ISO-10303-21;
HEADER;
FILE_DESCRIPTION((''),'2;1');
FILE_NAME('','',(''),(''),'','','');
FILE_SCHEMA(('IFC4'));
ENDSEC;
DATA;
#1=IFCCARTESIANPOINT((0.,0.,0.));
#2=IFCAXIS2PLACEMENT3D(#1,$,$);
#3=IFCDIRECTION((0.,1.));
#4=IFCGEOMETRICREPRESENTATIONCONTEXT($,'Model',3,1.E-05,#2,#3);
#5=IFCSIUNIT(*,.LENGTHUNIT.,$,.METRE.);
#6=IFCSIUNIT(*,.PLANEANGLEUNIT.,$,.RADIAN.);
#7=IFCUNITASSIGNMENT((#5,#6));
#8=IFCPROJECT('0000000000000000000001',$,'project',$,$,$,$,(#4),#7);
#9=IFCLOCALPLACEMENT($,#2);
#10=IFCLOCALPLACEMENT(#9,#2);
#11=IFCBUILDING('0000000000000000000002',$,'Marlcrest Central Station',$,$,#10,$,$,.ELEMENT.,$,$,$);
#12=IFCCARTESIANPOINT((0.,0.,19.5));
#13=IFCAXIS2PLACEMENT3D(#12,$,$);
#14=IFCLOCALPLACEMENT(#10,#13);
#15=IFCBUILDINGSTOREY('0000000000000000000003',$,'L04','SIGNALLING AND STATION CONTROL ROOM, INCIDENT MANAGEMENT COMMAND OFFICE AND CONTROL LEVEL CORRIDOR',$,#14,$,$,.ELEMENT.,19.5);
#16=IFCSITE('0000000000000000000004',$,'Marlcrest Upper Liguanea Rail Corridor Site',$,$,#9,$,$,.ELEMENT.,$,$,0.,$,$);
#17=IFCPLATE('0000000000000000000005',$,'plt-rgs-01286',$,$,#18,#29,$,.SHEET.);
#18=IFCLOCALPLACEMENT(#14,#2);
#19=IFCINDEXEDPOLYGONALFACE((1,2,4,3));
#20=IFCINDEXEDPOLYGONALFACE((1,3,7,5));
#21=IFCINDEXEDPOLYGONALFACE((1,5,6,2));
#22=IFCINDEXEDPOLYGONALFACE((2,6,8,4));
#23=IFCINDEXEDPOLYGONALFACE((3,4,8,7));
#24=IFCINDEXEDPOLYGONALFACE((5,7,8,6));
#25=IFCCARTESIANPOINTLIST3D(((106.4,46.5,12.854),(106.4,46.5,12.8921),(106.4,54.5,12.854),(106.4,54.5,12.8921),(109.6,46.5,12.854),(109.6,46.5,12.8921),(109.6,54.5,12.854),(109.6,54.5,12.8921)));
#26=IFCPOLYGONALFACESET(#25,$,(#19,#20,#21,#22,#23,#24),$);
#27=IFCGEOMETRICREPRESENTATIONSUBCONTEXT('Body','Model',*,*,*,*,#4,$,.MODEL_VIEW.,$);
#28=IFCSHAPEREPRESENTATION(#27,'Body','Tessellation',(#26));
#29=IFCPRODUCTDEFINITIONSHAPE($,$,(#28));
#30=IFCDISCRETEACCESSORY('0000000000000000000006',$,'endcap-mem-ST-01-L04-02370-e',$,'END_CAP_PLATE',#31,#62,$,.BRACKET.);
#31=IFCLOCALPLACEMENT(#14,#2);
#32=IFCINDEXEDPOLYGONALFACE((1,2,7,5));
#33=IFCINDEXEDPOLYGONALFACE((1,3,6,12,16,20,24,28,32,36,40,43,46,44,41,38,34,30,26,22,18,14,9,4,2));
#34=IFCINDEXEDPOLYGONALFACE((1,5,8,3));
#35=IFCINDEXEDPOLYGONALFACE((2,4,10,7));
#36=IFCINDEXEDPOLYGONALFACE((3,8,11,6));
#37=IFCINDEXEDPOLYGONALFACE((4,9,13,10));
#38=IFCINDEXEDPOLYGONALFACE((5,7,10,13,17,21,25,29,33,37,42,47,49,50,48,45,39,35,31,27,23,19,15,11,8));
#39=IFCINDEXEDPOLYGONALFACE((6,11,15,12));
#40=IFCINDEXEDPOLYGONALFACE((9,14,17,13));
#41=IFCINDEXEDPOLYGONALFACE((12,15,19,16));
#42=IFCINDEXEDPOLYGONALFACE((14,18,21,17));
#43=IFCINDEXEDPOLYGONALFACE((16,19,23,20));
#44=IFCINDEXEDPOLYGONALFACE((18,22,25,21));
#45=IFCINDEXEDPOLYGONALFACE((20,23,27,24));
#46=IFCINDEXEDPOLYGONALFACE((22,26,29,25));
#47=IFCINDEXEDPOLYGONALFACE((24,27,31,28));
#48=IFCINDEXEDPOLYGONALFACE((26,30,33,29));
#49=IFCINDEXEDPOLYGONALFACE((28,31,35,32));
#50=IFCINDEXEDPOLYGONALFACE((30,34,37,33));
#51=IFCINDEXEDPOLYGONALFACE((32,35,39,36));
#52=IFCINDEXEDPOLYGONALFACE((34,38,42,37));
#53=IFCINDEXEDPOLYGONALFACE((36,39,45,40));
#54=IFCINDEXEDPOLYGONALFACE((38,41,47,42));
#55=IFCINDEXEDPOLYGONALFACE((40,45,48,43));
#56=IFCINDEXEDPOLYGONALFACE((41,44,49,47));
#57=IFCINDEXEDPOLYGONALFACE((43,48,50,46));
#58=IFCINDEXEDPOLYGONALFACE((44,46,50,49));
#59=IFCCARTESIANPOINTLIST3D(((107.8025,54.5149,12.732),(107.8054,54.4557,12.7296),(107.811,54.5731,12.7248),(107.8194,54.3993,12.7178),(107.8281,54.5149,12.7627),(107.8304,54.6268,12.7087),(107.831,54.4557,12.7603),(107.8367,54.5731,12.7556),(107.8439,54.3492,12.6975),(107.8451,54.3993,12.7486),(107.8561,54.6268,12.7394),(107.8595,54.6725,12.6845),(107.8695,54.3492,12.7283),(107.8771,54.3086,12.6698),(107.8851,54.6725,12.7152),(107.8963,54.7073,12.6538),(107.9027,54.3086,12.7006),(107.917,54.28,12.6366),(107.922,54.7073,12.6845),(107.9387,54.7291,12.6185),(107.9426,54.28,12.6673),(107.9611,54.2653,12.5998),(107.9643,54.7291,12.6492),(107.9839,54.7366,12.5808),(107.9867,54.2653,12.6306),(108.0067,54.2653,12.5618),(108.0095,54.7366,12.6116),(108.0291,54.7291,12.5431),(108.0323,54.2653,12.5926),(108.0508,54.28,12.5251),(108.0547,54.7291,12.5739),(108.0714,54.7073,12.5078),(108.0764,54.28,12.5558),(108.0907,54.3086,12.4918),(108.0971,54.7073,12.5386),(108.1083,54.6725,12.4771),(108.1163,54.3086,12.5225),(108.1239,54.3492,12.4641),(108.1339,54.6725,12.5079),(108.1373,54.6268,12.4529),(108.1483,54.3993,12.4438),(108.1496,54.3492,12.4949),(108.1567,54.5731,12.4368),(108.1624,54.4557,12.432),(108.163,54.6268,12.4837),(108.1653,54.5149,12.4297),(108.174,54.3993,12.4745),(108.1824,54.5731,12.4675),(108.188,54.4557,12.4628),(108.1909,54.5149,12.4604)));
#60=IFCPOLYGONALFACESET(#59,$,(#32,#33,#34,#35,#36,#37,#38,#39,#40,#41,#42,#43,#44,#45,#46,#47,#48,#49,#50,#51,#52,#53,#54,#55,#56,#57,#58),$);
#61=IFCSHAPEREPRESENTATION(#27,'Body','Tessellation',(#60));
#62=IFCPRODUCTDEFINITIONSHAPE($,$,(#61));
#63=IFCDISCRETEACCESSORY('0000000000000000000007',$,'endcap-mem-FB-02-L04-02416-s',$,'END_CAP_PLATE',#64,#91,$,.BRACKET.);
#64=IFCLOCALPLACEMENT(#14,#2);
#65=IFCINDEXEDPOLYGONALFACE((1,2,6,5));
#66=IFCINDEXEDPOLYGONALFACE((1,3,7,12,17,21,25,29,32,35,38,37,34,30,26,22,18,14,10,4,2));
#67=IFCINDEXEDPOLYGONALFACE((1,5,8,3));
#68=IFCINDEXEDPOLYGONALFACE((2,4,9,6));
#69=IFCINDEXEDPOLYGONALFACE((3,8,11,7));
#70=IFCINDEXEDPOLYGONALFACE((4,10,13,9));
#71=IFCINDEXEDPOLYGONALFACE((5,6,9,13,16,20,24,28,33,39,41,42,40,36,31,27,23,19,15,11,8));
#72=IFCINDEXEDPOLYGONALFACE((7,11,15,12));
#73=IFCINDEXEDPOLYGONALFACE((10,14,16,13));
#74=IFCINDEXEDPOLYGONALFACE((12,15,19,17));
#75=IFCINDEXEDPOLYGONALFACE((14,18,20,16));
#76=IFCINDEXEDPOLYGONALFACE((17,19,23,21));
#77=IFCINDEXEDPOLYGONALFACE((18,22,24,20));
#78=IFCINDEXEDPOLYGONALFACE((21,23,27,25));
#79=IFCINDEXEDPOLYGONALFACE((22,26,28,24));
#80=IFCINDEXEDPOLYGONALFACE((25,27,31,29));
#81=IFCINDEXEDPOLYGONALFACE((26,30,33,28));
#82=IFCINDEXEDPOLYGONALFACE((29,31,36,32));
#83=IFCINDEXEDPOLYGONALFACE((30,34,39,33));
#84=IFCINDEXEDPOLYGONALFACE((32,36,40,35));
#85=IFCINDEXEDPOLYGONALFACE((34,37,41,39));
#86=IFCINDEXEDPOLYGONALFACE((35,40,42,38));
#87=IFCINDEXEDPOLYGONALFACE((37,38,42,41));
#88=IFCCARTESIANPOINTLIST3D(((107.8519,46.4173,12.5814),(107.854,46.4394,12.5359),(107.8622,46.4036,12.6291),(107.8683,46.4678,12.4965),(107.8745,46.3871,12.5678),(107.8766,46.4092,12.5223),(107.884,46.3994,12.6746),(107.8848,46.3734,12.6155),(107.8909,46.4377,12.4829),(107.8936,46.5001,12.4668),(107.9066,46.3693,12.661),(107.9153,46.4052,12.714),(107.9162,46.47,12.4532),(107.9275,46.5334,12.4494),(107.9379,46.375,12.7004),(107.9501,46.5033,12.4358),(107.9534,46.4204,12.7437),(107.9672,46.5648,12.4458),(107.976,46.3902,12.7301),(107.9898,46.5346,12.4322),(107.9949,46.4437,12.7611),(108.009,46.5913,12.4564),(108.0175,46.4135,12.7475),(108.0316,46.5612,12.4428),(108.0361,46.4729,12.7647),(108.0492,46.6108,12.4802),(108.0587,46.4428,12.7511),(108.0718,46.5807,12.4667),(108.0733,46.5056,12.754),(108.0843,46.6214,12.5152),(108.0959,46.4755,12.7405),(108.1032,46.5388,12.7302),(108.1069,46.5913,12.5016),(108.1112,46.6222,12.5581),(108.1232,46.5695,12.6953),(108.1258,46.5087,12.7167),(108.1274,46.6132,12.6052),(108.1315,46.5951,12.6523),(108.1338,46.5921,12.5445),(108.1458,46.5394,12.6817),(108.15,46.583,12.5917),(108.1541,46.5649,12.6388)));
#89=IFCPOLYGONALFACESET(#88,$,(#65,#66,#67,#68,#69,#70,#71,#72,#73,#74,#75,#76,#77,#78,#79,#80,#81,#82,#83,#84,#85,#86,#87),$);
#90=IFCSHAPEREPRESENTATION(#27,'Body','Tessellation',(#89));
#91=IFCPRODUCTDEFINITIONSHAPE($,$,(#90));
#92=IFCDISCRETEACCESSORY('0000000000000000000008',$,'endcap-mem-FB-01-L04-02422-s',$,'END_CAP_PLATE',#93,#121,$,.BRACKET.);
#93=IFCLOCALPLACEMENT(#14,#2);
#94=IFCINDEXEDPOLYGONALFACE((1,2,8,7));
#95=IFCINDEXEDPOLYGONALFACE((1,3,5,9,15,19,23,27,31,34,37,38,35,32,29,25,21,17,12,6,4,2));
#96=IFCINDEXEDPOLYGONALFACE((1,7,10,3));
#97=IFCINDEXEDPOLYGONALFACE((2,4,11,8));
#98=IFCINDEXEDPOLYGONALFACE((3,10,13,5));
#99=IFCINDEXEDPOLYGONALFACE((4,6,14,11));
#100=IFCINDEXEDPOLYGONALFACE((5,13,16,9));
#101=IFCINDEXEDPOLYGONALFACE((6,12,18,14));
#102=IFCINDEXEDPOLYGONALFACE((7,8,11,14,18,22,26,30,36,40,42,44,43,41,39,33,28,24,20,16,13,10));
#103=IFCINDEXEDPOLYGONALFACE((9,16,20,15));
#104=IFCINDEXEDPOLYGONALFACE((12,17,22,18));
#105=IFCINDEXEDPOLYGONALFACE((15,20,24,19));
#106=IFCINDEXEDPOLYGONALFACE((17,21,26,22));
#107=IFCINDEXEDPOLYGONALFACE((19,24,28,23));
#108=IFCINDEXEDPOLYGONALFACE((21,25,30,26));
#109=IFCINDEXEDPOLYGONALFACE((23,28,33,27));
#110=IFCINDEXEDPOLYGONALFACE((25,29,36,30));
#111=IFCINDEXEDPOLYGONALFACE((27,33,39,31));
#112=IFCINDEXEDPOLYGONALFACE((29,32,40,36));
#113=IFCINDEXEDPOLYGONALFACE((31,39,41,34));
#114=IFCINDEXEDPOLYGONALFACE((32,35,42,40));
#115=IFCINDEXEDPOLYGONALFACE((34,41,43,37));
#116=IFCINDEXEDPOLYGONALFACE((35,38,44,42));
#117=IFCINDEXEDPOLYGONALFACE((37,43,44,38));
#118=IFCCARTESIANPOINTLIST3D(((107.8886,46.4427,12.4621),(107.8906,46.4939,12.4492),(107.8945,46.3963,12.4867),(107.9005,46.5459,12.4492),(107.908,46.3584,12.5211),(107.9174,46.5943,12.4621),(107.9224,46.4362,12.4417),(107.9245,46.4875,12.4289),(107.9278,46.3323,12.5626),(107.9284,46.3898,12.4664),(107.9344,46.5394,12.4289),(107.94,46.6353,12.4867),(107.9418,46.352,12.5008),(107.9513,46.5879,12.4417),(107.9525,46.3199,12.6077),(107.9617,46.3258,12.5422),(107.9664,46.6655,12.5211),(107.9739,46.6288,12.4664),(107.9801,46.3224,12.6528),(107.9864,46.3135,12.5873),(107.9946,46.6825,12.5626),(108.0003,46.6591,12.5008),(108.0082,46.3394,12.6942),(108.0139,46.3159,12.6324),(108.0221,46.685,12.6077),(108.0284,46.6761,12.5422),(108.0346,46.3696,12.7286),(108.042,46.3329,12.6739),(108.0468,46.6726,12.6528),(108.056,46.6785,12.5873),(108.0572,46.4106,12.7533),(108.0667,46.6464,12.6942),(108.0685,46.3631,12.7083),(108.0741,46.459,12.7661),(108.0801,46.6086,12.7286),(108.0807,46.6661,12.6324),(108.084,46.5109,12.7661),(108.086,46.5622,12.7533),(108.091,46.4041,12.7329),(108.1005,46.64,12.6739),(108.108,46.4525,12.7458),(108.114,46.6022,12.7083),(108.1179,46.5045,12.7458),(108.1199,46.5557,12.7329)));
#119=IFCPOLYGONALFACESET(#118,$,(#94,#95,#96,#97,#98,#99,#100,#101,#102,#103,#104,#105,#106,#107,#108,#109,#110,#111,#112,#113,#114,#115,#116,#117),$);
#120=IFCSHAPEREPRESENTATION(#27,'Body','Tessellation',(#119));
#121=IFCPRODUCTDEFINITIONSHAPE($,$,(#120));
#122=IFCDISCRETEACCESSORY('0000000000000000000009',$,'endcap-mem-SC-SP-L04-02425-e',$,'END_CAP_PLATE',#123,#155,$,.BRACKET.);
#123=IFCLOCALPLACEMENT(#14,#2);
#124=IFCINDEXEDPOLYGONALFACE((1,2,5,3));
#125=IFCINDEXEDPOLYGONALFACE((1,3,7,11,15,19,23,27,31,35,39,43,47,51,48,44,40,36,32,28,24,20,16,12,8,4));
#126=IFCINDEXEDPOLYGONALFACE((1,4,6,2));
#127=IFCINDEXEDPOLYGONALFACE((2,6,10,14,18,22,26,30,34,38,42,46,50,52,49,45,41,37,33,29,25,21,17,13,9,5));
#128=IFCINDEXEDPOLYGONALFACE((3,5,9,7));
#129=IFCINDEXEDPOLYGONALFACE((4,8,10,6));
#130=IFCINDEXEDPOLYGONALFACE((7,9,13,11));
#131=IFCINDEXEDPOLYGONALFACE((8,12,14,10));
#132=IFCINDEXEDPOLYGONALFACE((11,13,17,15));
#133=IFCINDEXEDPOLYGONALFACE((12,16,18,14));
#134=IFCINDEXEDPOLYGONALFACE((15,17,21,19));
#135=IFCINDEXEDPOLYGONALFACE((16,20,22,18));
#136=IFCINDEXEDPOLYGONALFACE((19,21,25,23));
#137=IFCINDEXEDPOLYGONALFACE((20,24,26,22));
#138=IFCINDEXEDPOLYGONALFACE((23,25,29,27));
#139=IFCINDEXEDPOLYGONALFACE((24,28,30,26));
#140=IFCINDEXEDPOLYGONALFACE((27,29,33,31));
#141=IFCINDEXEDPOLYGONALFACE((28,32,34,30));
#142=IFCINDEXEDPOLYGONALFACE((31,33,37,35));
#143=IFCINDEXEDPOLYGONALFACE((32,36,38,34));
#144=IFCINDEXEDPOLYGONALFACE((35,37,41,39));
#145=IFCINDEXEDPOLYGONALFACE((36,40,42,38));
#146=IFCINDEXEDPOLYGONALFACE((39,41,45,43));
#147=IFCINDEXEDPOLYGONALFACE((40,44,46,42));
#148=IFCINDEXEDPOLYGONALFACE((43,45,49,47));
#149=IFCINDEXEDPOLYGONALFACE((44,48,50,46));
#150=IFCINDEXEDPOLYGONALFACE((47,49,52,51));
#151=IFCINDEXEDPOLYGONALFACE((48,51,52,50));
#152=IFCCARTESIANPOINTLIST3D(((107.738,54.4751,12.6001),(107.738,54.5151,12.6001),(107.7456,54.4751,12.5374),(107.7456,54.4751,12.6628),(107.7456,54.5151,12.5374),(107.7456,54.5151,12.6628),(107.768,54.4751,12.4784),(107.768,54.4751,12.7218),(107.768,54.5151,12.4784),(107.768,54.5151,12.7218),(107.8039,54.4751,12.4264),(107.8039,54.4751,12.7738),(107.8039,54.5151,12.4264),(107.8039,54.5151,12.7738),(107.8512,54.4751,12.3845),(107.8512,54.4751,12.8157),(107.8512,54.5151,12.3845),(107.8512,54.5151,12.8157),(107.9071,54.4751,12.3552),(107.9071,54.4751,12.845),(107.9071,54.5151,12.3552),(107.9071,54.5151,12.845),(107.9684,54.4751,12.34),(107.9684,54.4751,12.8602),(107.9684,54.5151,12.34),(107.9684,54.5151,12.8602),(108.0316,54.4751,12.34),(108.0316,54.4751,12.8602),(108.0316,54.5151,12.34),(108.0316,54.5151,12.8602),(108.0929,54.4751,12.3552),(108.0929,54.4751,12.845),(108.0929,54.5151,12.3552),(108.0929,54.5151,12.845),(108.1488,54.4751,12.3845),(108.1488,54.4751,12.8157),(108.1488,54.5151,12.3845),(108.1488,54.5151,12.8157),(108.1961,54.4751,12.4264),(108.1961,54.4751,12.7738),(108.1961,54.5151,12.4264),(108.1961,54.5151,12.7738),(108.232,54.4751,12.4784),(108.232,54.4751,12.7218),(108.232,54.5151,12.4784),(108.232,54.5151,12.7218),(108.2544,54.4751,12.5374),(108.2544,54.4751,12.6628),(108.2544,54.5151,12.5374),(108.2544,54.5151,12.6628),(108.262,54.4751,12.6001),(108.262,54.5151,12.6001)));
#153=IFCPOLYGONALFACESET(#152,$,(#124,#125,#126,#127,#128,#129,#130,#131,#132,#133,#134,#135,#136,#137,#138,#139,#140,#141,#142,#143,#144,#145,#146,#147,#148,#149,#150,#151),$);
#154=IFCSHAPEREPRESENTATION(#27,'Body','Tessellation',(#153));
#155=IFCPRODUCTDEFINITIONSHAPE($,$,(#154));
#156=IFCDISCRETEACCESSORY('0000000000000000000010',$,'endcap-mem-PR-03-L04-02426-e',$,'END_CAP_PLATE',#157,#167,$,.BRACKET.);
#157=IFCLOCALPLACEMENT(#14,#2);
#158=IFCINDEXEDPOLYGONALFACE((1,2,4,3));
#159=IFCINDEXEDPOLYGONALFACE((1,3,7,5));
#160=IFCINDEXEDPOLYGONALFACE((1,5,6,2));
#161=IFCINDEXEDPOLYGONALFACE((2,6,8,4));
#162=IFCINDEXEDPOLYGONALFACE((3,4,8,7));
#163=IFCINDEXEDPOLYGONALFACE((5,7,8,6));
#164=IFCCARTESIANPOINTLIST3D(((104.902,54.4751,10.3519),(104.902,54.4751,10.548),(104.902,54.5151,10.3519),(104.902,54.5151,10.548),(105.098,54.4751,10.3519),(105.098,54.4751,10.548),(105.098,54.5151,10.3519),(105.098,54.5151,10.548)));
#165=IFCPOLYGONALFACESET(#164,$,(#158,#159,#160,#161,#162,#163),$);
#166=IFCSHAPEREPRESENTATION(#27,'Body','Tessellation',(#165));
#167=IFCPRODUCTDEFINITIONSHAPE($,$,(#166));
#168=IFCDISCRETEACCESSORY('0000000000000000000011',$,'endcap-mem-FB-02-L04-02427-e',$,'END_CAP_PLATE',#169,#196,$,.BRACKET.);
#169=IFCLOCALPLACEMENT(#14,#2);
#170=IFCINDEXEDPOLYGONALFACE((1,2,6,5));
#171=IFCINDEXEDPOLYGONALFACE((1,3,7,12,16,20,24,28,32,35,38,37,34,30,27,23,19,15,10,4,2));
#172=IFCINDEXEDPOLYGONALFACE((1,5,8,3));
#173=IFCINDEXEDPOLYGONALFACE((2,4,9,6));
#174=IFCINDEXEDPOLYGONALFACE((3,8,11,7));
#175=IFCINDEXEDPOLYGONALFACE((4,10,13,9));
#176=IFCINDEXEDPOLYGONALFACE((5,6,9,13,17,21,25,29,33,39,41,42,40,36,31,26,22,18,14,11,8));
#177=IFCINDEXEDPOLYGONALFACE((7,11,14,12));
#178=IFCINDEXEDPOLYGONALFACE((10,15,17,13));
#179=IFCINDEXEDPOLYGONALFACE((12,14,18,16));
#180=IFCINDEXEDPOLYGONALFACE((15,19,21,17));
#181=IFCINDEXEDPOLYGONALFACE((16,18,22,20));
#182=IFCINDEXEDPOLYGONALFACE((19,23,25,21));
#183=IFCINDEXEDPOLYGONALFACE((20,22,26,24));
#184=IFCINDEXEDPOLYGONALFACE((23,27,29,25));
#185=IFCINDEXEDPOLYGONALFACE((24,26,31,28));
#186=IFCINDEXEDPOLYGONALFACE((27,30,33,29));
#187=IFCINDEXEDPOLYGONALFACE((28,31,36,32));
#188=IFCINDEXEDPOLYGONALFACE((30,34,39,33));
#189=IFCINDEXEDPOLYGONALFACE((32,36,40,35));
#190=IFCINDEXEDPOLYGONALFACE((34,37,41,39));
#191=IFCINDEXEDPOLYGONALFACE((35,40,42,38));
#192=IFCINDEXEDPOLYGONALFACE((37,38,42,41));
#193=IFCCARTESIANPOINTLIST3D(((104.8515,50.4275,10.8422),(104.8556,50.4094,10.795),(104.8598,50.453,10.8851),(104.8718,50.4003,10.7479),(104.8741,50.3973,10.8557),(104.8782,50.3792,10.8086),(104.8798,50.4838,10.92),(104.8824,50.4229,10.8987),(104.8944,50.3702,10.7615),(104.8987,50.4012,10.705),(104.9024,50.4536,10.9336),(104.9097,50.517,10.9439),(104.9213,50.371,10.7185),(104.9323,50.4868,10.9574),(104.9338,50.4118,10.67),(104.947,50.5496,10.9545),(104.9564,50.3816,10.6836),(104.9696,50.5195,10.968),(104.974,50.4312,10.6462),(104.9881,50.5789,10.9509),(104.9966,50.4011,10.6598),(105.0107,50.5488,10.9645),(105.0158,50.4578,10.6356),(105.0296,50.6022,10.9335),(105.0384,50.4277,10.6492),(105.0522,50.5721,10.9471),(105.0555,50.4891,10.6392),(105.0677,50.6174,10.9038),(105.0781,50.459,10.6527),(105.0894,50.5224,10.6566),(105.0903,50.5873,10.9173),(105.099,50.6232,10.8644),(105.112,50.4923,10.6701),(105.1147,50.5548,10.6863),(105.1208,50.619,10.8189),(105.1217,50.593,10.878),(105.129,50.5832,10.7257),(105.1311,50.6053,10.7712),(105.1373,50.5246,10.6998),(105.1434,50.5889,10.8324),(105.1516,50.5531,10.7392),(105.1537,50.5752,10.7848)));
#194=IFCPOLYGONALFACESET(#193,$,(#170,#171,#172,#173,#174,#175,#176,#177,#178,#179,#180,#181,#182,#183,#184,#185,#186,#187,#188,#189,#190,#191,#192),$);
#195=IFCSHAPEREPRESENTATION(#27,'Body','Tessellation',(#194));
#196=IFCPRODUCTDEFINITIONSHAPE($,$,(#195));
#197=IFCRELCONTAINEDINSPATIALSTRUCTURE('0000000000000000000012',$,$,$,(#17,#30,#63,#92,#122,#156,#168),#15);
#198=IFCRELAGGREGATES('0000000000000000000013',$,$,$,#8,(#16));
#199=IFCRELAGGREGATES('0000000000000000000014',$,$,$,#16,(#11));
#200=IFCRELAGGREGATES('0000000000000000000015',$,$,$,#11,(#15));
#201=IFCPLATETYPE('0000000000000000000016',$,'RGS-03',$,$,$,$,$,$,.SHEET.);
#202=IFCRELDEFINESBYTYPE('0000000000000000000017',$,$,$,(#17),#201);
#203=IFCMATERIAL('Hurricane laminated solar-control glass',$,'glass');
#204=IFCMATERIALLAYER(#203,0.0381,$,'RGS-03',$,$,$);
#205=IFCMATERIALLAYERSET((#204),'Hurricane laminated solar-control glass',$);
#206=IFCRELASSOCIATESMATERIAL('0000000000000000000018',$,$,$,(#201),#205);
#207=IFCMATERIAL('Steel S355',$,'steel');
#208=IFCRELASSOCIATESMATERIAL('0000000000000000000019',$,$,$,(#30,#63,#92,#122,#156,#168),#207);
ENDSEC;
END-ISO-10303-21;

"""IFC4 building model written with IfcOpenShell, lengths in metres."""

from ifc_helpers import new_model, si_unit, direction, frame, origin, origin_2d, place, context, subcontext, project, spatial, rectangle, circle, extrude, material, layer, layer_set, type_object, element, save


model = new_model("IFC4")

# Units and contexts
model_context = context("Model", 3, precision=1e-05, world=origin(), true_north=direction((0.0, 1.0)))
body_context = subcontext(model_context, "Body", "Model", "MODEL_VIEW")
ifc_project = project(units=[si_unit("LENGTHUNIT", "METRE"), si_unit("PLANEANGLEUNIT", "RADIAN")], contexts=[model_context])

# Site, building, storey
site_placement = place(None, origin())
site = spatial("IfcSite", under=ifc_project, at=site_placement, Name="Marlcrest Upper Liguanea Rail Corridor Site", CompositionType="ELEMENT", RefElevation=0.0)
building_placement = place(site_placement, origin())
building = spatial("IfcBuilding", under=site, at=building_placement, Name="Marlcrest Central Station", CompositionType="ELEMENT")
storey_placement = place(building_placement, frame((0.0, 0.0, 19.5)))
storey = spatial("IfcBuildingStorey", under=building, at=storey_placement, Name="L04", Description="SIGNALLING AND STATION CONTROL ROOM, INCIDENT MANAGEMENT COMMAND OFFICE AND CONTROL LEVEL CORRIDOR", CompositionType="ELEMENT", Elevation=19.5)

# Plate
ifc_material_1 = material(Name="Hurricane laminated solar-control glass", Category="glass")
ifc_layer_1 = layer(ifc_material_1, 0.0381, Name="RGS-03")
ifc_layer_set_1 = layer_set([ifc_layer_1], Name="Hurricane laminated solar-control glass")
plate_type_1 = type_object("IfcPlateType", Name="RGS-03", PredefinedType="SHEET", material=ifc_layer_set_1)
plate_placement = place(storey_placement, frame((108.0, 50.5, 12.854), z_axis=(0.0, 0.0, 1.0), x_axis=(1.0, 0.0, 0.0)))
element("IfcPlate", 1, at=plate_placement, inside=storey, type_object=plate_type_1, Name="plt-rgs-01286", PredefinedType="SHEET", context=body_context, shape_type="SweptSolid", body=[
    extrude(rectangle(XDim=3.2, YDim=8.0, at=origin_2d()), origin(), (0.0, 0.0, 1.0), 0.0381),
])

# Discrete accessories
ifc_material_2 = material(Name="Steel S355", Category="steel")
discrete_accessory_1_placement = place(storey_placement, frame((107.9839, 54.5, 12.5808), z_axis=(0.640181, 0.0, 0.768224), x_axis=(0.0, 1.0, 0.0)))
element("IfcDiscreteAccessory", 2, at=discrete_accessory_1_placement, inside=storey, material=ifc_material_2, Name="endcap-mem-ST-01-L04-02370-e", ObjectType="END_CAP_PLATE", PredefinedType="BRACKET", context=body_context, shape_type="SweptSolid", body=[
    extrude(circle(Radius=0.2366, at=origin_2d()), origin(), (0.0, 0.0, 1.0), 0.04),
])
discrete_accessory_2_placement = place(storey_placement, frame((107.9915, 46.5112, 12.6052), z_axis=(0.564531, -0.752708, -0.338728), x_axis=(0.8, 0.6, 0.0)))
element("IfcDiscreteAccessory", 3, at=discrete_accessory_2_placement, inside=storey, material=ifc_material_2, Name="endcap-mem-FB-02-L04-02416-s", ObjectType="END_CAP_PLATE", PredefinedType="BRACKET", context=body_context, shape_type="SweptSolid", body=[
    extrude(circle(Radius=0.1699, at=origin_2d()), origin(), (0.0, 0.0, 1.0), 0.04),
])
discrete_accessory_3_placement = place(storey_placement, frame((107.9873, 46.5024, 12.6077), z_axis=(0.846277, -0.161196, -0.50777), x_axis=(0.187112, 0.982339, 0.0)))
element("IfcDiscreteAccessory", 4, at=discrete_accessory_3_placement, inside=storey, material=ifc_material_2, Name="endcap-mem-FB-01-L04-02422-s", ObjectType="END_CAP_PLATE", PredefinedType="BRACKET", context=body_context, shape_type="SweptSolid", body=[
    extrude(circle(Radius=0.1858, at=origin_2d()), origin(), (0.0, 0.0, 1.0), 0.04),
])
discrete_accessory_4_placement = place(storey_placement, frame((108.0, 54.4751, 12.6001), z_axis=(0.0, 1.0, 0.0), x_axis=(-1.0, 0.0, 0.0)))
element("IfcDiscreteAccessory", 5, at=discrete_accessory_4_placement, inside=storey, material=ifc_material_2, Name="endcap-mem-SC-SP-L04-02425-e", ObjectType="END_CAP_PLATE", PredefinedType="BRACKET", context=body_context, shape_type="SweptSolid", body=[
    extrude(circle(Radius=0.262, at=origin_2d()), origin(), (0.0, 0.0, 1.0), 0.04),
])
discrete_accessory_5_placement = place(storey_placement, frame((105.0, 54.4751, 10.45), z_axis=(0.0, 1.0, 0.0), x_axis=(-1.0, 0.0, 0.0)))
element("IfcDiscreteAccessory", 6, at=discrete_accessory_5_placement, inside=storey, material=ifc_material_2, Name="endcap-mem-PR-03-L04-02426-e", ObjectType="END_CAP_PLATE", PredefinedType="BRACKET", context=body_context, shape_type="SweptSolid", body=[
    extrude(rectangle(XDim=0.196, YDim=0.196, at=origin_2d()), origin(), (0.0, 0.0, 1.0), 0.04),
])
for number, where, z_axis, x_axis, name in (
    (7, (105.0142, 50.4812, 10.8086), (-0.564531, 0.752708, -0.338728), (-0.8, -0.6, 0.0), "endcap-mem-FB-02-L04-02427-e"),
):
    element("IfcDiscreteAccessory", number, at=place(storey_placement, frame(where, z_axis=z_axis, x_axis=x_axis)), inside=storey, material=ifc_material_2, Name=name, ObjectType="END_CAP_PLATE", PredefinedType="BRACKET", context=body_context, shape_type="SweptSolid", body=[
        extrude(circle(Radius=0.1699, at=origin_2d()), origin(), (0.0, 0.0, 1.0), 0.04),
    ])

save(model, "model.ifc")
